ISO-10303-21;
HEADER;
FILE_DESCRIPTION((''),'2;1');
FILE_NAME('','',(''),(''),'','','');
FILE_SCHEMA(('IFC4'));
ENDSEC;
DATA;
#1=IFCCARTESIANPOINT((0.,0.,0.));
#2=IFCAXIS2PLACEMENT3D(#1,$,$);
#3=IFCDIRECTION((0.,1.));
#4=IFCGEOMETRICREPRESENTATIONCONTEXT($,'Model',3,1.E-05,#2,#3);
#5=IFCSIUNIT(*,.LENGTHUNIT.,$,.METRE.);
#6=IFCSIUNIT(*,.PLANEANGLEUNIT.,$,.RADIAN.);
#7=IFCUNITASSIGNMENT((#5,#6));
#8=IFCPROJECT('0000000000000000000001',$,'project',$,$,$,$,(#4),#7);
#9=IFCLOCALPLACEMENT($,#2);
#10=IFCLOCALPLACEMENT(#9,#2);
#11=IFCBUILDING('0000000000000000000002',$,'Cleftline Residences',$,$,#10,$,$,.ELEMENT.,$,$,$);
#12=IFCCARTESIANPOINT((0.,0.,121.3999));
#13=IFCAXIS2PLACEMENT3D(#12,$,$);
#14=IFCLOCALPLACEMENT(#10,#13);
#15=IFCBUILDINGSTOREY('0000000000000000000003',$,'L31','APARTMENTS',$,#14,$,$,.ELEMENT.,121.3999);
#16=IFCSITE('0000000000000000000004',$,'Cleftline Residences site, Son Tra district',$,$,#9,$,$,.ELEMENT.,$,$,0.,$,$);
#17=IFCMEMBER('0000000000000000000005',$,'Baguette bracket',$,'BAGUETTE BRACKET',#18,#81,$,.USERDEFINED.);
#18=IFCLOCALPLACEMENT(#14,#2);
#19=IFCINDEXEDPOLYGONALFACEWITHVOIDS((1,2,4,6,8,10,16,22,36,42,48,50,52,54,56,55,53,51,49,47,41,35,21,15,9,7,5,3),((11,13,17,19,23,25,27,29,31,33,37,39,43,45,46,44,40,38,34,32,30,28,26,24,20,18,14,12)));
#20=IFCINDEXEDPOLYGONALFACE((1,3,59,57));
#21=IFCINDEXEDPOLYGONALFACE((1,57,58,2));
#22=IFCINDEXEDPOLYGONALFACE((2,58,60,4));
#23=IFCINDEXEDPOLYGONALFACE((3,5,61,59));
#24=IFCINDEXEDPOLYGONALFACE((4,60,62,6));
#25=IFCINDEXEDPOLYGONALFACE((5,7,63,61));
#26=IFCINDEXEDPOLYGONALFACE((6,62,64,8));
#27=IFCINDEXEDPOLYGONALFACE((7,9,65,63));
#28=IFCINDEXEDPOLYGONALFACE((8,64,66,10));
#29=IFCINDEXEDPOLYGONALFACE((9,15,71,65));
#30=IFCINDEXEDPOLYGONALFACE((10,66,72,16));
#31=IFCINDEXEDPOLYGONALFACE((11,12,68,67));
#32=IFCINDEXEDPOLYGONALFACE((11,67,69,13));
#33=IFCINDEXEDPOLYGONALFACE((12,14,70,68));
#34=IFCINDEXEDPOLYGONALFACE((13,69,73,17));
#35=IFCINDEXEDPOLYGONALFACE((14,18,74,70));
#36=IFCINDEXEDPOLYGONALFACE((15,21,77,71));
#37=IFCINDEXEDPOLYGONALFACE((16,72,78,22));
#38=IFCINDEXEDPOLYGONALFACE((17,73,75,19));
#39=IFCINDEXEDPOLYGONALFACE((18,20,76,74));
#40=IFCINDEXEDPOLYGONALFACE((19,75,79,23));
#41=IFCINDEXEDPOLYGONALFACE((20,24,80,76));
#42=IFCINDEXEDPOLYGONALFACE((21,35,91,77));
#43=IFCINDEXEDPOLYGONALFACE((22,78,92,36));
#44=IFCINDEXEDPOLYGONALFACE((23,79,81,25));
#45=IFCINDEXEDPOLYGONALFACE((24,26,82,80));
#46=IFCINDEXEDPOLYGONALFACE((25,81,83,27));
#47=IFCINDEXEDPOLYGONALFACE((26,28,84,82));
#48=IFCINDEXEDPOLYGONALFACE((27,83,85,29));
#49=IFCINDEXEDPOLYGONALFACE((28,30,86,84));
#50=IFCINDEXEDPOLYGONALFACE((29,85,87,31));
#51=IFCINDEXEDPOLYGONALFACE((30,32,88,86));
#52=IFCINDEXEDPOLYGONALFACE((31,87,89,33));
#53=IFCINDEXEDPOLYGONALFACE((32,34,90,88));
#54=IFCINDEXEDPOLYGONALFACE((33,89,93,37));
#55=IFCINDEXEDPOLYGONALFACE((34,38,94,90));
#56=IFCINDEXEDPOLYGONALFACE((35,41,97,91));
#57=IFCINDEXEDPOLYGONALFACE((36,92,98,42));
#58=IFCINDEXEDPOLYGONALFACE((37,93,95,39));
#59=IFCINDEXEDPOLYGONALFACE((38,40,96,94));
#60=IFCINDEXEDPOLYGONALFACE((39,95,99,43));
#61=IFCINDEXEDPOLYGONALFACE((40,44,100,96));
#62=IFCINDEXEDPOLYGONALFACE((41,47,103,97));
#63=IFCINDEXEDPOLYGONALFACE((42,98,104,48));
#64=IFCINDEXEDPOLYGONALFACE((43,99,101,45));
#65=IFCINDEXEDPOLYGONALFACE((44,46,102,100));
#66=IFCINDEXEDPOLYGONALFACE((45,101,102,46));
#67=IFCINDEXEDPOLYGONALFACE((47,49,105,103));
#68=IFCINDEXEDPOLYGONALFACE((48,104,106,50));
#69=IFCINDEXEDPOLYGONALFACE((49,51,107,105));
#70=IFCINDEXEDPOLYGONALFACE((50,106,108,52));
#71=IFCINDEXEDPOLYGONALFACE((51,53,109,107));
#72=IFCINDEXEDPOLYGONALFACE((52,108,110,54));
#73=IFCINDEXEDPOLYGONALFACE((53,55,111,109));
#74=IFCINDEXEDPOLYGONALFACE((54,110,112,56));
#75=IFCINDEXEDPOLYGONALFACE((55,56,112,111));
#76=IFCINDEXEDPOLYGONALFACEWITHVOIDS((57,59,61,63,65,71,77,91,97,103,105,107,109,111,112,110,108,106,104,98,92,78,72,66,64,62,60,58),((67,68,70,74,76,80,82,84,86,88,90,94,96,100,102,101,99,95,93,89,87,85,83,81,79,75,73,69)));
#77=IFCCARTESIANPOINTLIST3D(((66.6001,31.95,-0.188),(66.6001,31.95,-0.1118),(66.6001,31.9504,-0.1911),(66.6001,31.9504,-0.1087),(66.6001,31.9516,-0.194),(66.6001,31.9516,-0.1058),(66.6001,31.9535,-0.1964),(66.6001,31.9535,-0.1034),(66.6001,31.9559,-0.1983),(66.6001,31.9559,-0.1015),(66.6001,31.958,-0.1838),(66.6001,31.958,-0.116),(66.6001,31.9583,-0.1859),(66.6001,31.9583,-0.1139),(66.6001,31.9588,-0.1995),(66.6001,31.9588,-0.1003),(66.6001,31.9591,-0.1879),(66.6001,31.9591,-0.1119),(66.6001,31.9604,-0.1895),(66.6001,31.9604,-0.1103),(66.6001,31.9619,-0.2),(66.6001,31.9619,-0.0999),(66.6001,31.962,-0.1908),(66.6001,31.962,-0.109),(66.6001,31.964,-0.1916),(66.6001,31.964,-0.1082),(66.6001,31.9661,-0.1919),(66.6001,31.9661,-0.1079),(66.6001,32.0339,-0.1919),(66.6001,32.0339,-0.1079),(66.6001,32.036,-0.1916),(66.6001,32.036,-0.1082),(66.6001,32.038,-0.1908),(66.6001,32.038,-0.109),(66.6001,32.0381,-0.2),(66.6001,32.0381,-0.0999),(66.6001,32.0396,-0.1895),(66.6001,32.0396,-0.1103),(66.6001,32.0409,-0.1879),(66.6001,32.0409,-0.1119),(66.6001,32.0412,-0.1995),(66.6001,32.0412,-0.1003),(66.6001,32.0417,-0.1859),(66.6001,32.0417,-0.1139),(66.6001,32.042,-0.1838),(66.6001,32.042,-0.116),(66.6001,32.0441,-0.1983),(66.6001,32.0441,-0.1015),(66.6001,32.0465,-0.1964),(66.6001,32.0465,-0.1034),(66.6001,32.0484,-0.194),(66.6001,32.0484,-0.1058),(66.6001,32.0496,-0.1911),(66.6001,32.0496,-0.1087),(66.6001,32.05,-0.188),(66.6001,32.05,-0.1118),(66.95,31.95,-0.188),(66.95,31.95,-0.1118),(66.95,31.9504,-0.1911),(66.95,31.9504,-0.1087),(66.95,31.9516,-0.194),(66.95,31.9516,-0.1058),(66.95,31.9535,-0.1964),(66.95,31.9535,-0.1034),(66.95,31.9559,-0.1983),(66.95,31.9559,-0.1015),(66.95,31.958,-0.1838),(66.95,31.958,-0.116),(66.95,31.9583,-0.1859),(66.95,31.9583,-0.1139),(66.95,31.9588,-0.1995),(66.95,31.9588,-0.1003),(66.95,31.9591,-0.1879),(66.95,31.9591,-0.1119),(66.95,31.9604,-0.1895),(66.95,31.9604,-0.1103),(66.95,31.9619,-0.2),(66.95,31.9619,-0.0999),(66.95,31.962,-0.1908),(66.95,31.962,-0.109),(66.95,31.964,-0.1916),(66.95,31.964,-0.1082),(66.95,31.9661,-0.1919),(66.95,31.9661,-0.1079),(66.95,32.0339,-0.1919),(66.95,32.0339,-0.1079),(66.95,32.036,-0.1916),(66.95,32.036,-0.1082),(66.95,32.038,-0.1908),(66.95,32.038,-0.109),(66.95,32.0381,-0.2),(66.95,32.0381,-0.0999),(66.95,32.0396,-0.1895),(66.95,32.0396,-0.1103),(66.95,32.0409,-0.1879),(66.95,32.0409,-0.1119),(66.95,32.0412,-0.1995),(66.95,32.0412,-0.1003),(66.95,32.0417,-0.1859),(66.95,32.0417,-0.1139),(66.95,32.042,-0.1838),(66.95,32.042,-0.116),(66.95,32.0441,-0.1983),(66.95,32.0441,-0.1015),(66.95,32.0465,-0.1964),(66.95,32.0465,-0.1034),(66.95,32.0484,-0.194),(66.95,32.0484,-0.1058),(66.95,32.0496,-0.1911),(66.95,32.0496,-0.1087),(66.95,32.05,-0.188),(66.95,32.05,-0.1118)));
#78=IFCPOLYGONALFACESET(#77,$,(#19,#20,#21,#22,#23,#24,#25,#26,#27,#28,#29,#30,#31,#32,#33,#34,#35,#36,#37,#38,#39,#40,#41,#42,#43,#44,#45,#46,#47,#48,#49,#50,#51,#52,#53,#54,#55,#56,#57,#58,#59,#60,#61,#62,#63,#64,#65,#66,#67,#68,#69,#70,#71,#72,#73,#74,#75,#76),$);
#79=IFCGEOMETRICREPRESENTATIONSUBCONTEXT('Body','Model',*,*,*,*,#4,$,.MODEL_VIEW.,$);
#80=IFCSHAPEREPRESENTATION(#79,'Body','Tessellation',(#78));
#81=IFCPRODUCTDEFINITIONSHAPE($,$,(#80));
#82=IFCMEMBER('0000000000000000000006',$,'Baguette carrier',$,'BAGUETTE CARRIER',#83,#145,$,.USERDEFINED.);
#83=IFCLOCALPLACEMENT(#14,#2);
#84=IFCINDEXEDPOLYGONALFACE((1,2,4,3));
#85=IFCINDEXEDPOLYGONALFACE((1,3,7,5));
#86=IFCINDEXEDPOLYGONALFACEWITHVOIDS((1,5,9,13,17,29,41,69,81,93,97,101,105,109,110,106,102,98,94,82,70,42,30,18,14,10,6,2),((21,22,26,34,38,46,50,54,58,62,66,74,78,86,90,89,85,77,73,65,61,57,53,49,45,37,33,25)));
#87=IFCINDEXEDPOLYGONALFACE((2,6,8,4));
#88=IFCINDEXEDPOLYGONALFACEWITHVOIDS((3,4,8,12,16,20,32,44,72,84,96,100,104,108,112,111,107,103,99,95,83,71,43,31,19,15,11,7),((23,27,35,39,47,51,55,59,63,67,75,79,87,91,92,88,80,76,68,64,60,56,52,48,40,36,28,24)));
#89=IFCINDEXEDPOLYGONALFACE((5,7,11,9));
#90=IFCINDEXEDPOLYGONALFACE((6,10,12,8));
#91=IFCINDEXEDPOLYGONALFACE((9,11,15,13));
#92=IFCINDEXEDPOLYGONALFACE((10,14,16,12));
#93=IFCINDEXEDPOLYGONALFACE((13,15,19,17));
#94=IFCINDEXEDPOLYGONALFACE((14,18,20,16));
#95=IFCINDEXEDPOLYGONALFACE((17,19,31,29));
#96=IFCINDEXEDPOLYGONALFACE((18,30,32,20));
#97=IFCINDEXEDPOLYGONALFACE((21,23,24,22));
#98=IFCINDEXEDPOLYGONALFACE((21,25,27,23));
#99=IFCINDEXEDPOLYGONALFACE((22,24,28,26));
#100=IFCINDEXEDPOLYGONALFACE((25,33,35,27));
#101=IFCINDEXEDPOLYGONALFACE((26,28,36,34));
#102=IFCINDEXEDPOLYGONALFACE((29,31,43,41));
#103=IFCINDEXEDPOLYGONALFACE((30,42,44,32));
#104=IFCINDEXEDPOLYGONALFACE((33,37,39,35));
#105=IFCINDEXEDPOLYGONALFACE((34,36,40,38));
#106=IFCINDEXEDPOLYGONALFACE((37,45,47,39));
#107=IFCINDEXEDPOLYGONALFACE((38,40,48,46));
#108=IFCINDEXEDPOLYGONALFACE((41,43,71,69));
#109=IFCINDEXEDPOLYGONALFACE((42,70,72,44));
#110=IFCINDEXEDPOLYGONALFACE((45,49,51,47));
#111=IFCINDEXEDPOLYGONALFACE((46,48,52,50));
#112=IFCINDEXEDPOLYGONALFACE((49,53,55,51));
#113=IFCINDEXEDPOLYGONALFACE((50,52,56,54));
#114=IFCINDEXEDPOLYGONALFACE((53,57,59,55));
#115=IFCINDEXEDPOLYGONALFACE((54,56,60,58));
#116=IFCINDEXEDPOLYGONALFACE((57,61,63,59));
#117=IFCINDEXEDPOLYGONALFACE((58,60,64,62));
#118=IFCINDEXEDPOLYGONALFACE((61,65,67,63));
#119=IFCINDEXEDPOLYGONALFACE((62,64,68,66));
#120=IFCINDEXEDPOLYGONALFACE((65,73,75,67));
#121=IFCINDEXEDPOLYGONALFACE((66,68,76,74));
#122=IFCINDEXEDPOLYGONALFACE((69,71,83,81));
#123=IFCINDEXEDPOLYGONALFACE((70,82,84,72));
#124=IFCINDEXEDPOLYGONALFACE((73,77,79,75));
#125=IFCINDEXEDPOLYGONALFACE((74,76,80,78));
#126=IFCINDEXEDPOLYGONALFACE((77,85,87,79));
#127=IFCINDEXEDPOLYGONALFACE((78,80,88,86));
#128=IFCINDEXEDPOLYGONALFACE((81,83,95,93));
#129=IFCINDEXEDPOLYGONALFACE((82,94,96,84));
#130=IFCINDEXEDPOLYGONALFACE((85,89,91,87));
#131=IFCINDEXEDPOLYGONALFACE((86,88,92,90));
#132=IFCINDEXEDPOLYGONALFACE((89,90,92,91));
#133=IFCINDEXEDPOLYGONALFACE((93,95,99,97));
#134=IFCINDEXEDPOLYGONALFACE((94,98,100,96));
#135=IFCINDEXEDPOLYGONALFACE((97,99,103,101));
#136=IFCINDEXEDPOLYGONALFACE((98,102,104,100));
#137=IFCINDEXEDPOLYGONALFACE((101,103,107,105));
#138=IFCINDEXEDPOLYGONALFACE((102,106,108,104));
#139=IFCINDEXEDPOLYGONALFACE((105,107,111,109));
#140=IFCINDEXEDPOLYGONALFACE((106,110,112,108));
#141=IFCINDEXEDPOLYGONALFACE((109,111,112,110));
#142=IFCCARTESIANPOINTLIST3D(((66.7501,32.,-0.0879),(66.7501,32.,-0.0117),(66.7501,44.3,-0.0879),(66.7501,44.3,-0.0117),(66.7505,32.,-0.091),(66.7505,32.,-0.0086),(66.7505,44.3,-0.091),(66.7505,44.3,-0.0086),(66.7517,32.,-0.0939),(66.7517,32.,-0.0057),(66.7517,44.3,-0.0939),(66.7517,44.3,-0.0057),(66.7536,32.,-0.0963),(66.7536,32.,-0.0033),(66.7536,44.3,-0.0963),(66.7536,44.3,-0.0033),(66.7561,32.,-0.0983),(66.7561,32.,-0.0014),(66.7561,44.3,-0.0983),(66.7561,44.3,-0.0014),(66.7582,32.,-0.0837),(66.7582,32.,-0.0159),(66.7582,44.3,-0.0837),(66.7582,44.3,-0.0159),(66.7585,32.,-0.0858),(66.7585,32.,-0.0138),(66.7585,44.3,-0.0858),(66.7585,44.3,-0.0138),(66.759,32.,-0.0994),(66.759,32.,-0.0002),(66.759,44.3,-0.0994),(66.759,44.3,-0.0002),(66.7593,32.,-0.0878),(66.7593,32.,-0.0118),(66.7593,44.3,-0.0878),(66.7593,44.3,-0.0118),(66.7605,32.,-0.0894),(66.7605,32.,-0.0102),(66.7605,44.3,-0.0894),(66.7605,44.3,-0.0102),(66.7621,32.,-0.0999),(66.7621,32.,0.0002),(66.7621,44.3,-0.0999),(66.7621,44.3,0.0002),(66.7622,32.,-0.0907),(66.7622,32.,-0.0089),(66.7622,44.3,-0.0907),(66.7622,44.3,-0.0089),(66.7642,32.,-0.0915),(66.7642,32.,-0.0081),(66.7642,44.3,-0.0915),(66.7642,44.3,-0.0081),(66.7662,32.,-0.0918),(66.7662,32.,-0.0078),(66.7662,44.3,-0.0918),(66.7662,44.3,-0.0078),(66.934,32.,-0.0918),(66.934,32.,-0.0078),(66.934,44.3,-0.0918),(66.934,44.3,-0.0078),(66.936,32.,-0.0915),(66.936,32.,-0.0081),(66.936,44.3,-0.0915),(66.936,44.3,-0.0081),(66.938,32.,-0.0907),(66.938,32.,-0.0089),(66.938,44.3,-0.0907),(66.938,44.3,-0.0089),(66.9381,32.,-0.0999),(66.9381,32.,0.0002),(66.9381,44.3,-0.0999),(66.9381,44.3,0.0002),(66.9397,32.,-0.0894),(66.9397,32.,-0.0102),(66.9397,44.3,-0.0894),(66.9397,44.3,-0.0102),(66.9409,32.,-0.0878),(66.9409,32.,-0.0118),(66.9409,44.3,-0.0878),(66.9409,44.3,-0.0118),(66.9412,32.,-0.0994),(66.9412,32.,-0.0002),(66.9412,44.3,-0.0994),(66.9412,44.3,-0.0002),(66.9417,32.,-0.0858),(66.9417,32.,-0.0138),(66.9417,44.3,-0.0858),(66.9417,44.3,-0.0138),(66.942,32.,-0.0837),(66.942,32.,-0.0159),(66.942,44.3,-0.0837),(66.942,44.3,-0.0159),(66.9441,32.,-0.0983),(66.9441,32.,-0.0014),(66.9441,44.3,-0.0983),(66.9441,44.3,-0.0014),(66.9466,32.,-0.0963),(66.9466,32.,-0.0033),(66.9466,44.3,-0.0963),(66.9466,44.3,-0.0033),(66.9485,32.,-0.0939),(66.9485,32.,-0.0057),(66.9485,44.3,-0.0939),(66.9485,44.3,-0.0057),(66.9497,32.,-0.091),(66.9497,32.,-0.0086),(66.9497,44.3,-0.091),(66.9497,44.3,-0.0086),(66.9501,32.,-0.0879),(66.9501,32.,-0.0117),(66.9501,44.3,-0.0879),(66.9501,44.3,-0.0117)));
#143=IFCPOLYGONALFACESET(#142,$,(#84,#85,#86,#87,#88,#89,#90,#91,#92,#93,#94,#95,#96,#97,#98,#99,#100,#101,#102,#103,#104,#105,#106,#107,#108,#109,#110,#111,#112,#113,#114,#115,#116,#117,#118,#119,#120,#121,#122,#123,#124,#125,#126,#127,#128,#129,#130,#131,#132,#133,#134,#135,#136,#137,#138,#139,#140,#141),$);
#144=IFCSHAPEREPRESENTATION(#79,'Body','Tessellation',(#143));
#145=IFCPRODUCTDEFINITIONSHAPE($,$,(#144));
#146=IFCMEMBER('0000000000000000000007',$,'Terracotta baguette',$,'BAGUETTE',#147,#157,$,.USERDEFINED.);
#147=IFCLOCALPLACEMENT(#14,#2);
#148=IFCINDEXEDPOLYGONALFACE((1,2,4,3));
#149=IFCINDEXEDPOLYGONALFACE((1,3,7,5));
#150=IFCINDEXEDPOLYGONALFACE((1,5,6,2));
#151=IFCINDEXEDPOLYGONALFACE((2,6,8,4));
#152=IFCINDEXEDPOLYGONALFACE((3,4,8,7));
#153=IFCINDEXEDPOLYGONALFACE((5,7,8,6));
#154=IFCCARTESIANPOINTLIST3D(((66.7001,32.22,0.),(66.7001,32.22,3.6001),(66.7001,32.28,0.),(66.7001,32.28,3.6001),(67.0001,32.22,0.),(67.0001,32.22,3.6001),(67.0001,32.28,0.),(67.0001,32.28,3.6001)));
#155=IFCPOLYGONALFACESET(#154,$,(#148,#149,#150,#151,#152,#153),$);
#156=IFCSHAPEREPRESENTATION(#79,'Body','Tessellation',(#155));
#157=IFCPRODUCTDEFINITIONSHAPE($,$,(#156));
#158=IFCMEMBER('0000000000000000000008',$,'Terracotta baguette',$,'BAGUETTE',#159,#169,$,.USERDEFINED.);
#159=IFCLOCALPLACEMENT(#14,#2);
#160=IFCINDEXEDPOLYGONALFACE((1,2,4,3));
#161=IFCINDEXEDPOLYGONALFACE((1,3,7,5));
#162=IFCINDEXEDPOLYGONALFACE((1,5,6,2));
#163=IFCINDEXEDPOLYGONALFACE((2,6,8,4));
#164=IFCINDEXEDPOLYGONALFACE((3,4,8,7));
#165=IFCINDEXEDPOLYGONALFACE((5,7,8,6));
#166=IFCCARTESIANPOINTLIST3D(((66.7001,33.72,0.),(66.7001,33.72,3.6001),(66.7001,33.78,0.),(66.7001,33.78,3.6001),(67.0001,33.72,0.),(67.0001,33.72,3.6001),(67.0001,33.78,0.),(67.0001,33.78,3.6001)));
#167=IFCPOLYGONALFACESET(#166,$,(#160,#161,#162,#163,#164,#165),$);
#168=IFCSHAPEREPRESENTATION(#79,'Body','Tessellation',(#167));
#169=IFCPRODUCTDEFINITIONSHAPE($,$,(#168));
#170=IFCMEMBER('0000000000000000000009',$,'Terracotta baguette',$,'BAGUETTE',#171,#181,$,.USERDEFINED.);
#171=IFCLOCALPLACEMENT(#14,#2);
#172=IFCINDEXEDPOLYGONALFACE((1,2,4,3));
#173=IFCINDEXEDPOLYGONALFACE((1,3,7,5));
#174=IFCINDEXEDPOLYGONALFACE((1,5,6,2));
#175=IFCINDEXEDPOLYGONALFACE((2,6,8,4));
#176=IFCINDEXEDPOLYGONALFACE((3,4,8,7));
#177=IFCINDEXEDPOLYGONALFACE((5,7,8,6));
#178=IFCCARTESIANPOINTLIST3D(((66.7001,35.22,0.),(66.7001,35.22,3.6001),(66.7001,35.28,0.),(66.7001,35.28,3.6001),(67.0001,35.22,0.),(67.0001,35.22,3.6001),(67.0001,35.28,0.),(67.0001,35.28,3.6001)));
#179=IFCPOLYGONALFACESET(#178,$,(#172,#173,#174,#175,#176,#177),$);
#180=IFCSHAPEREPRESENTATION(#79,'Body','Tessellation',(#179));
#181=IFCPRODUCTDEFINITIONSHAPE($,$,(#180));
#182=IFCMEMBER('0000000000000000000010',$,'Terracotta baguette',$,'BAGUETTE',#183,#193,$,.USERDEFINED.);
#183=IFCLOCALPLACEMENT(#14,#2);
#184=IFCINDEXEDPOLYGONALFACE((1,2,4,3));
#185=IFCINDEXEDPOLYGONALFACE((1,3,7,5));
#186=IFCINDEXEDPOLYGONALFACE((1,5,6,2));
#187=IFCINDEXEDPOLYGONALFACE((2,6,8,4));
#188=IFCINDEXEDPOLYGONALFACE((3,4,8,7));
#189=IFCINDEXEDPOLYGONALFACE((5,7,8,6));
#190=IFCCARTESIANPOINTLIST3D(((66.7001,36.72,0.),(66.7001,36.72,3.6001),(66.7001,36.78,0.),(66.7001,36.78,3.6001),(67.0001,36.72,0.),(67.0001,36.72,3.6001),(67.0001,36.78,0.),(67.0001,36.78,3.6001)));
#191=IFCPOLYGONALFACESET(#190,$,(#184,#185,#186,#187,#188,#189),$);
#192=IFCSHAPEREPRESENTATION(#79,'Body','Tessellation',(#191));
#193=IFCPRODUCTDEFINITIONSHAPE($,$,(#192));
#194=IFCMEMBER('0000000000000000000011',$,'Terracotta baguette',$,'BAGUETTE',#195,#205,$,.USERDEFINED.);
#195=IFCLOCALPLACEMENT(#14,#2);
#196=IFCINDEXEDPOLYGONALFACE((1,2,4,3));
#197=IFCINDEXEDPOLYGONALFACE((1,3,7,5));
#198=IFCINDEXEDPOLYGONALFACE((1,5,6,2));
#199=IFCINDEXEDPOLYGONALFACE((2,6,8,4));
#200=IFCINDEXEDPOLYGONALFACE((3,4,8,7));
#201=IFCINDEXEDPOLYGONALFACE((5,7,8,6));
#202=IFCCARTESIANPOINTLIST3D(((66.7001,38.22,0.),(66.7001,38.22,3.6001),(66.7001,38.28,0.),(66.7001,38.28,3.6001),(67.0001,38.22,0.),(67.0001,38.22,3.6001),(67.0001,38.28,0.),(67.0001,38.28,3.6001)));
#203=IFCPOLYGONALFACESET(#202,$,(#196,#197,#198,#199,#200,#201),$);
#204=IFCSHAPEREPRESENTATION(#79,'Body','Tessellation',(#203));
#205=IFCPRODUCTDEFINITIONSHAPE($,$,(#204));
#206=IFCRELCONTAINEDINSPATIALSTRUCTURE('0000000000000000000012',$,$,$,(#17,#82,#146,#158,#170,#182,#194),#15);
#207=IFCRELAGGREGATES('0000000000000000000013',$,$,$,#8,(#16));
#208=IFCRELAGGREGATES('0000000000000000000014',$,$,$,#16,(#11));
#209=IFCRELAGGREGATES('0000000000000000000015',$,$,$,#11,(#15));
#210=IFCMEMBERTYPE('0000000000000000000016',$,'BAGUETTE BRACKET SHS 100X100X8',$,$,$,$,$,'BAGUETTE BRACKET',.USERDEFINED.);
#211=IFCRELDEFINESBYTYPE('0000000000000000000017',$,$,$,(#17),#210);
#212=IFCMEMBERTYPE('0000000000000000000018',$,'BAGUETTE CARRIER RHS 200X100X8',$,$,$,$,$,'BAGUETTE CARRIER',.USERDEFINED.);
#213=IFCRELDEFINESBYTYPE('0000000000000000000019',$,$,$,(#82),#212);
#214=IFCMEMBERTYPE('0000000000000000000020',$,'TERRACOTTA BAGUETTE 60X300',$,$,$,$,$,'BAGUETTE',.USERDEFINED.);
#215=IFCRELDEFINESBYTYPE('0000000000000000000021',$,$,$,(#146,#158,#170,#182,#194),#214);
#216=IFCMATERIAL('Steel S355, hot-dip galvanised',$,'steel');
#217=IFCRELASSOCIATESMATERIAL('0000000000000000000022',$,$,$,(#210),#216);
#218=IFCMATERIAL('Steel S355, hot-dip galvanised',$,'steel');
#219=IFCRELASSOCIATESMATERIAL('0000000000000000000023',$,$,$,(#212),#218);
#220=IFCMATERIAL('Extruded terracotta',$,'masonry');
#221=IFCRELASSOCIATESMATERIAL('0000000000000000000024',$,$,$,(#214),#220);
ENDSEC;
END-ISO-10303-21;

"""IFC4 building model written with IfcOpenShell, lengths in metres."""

from ifc_helpers import new_model, si_unit, direction, frame, origin, origin_2d, place, context, subcontext, project, spatial, rectangle, hollow_rectangle, extrude, material, material_profile, profile_set, type_object, element, save


model = new_model("IFC4")

# Units and contexts
model_context = context("Model", 3, precision=1e-05, world=origin(), true_north=direction((0.0, 1.0)))
body_context = subcontext(model_context, "Body", "Model", "MODEL_VIEW")
ifc_project = project(units=[si_unit("LENGTHUNIT", "METRE"), si_unit("PLANEANGLEUNIT", "RADIAN")], contexts=[model_context])

# Site, building, storey
site_placement = place(None, origin())
site = spatial("IfcSite", under=ifc_project, at=site_placement, Name="Cleftline Residences site, Son Tra district", CompositionType="ELEMENT", RefElevation=0.0)
building_placement = place(site_placement, origin())
building = spatial("IfcBuilding", under=site, at=building_placement, Name="Cleftline Residences", CompositionType="ELEMENT")
storey_placement = place(building_placement, frame((0.0, 0.0, 121.3999)))
storey = spatial("IfcBuildingStorey", under=building, at=storey_placement, Name="L31", Description="APARTMENTS", CompositionType="ELEMENT", Elevation=121.3999)

# Members
ifc_material_1 = material(Name="Steel S355, hot-dip galvanised", Category="steel")
ifc_material_profile_1 = material_profile(ifc_material_1, hollow_rectangle(XDim=0.1001, YDim=0.1001, WallThickness=0.0081, InnerFilletRadius=0.0081, OuterFilletRadius=0.012, at=origin_2d()))
ifc_profile_set_1 = profile_set([ifc_material_profile_1], Name="Steel S355, hot-dip galvanised")
member_type_1 = type_object("IfcMemberType", Name="BAGUETTE BRACKET SHS 100X100X8", ElementType="BAGUETTE BRACKET", PredefinedType="USERDEFINED", material=ifc_profile_set_1)
member_1_placement = place(storey_placement, frame((66.6001, 32.0, -0.1499), z_axis=(1.0, 0.0, 0.0), x_axis=(0.0, 1.0, 0.0)))
element("IfcMember", 1, at=member_1_placement, inside=storey, type_object=member_type_1, Name="Baguette bracket", ObjectType="BAGUETTE BRACKET", PredefinedType="USERDEFINED", context=body_context, shape_type="SweptSolid", body=[
    extrude(hollow_rectangle(XDim=0.1001, YDim=0.1001, WallThickness=0.0081, InnerFilletRadius=0.0081, OuterFilletRadius=0.012, at=origin_2d()), origin(), (0.0, 0.0, 1.0), 0.3499),
])
ifc_material_2 = material(Name="Steel S355, hot-dip galvanised", Category="steel")
ifc_material_profile_2 = material_profile(ifc_material_2, hollow_rectangle(XDim=0.1001, YDim=0.2, WallThickness=0.0081, InnerFilletRadius=0.0081, OuterFilletRadius=0.012, at=origin_2d()))
ifc_profile_set_2 = profile_set([ifc_material_profile_2], Name="Steel S355, hot-dip galvanised")
member_type_2 = type_object("IfcMemberType", Name="BAGUETTE CARRIER RHS 200X100X8", ElementType="BAGUETTE CARRIER", PredefinedType="USERDEFINED", material=ifc_profile_set_2)
member_2_placement = place(storey_placement, frame((66.8501, 32.0, -0.0498), z_axis=(0.0, 1.0, 0.0), x_axis=(0.0, 0.0, 1.0)))
element("IfcMember", 2, at=member_2_placement, inside=storey, type_object=member_type_2, Name="Baguette carrier", ObjectType="BAGUETTE CARRIER", PredefinedType="USERDEFINED", context=body_context, shape_type="SweptSolid", body=[
    extrude(hollow_rectangle(XDim=0.1001, YDim=0.2, WallThickness=0.0081, InnerFilletRadius=0.0081, OuterFilletRadius=0.012, at=origin_2d()), origin(), (0.0, 0.0, 1.0), 12.3),
])
ifc_material_3 = material(Name="Extruded terracotta", Category="masonry")
ifc_material_profile_3 = material_profile(ifc_material_3, rectangle(XDim=0.0601, YDim=0.3, at=origin_2d()))
ifc_profile_set_3 = profile_set([ifc_material_profile_3], Name="Extruded terracotta")
member_type_3 = type_object("IfcMemberType", Name="TERRACOTTA BAGUETTE 60X300", ElementType="BAGUETTE", PredefinedType="USERDEFINED", material=ifc_profile_set_3)
for number, where, z_axis, x_axis, name in (
    (3, (66.8501, 32.25, 0.0), (0.0, 0.0, 1.0), (0.0, 1.0, 0.0), "Terracotta baguette"),
    (4, (66.8501, 33.75, 0.0), (0.0, 0.0, 1.0), (0.0, 1.0, 0.0), "Terracotta baguette"),
    (5, (66.8501, 35.25, 0.0), (0.0, 0.0, 1.0), (0.0, 1.0, 0.0), "Terracotta baguette"),
    (6, (66.8501, 36.75, 0.0), (0.0, 0.0, 1.0), (0.0, 1.0, 0.0), "Terracotta baguette"),
    (7, (66.8501, 38.25, 0.0), (0.0, 0.0, 1.0), (0.0, 1.0, 0.0), "Terracotta baguette"),
):
    element("IfcMember", number, at=place(storey_placement, frame(where, z_axis=z_axis, x_axis=x_axis)), inside=storey, type_object=member_type_3, Name=name, ObjectType="BAGUETTE", PredefinedType="USERDEFINED", context=body_context, shape_type="SweptSolid", body=[
        extrude(rectangle(XDim=0.0601, YDim=0.3, at=origin_2d()), origin(), (0.0, 0.0, 1.0), 3.6001),
    ])

save(model, "model.ifc")
